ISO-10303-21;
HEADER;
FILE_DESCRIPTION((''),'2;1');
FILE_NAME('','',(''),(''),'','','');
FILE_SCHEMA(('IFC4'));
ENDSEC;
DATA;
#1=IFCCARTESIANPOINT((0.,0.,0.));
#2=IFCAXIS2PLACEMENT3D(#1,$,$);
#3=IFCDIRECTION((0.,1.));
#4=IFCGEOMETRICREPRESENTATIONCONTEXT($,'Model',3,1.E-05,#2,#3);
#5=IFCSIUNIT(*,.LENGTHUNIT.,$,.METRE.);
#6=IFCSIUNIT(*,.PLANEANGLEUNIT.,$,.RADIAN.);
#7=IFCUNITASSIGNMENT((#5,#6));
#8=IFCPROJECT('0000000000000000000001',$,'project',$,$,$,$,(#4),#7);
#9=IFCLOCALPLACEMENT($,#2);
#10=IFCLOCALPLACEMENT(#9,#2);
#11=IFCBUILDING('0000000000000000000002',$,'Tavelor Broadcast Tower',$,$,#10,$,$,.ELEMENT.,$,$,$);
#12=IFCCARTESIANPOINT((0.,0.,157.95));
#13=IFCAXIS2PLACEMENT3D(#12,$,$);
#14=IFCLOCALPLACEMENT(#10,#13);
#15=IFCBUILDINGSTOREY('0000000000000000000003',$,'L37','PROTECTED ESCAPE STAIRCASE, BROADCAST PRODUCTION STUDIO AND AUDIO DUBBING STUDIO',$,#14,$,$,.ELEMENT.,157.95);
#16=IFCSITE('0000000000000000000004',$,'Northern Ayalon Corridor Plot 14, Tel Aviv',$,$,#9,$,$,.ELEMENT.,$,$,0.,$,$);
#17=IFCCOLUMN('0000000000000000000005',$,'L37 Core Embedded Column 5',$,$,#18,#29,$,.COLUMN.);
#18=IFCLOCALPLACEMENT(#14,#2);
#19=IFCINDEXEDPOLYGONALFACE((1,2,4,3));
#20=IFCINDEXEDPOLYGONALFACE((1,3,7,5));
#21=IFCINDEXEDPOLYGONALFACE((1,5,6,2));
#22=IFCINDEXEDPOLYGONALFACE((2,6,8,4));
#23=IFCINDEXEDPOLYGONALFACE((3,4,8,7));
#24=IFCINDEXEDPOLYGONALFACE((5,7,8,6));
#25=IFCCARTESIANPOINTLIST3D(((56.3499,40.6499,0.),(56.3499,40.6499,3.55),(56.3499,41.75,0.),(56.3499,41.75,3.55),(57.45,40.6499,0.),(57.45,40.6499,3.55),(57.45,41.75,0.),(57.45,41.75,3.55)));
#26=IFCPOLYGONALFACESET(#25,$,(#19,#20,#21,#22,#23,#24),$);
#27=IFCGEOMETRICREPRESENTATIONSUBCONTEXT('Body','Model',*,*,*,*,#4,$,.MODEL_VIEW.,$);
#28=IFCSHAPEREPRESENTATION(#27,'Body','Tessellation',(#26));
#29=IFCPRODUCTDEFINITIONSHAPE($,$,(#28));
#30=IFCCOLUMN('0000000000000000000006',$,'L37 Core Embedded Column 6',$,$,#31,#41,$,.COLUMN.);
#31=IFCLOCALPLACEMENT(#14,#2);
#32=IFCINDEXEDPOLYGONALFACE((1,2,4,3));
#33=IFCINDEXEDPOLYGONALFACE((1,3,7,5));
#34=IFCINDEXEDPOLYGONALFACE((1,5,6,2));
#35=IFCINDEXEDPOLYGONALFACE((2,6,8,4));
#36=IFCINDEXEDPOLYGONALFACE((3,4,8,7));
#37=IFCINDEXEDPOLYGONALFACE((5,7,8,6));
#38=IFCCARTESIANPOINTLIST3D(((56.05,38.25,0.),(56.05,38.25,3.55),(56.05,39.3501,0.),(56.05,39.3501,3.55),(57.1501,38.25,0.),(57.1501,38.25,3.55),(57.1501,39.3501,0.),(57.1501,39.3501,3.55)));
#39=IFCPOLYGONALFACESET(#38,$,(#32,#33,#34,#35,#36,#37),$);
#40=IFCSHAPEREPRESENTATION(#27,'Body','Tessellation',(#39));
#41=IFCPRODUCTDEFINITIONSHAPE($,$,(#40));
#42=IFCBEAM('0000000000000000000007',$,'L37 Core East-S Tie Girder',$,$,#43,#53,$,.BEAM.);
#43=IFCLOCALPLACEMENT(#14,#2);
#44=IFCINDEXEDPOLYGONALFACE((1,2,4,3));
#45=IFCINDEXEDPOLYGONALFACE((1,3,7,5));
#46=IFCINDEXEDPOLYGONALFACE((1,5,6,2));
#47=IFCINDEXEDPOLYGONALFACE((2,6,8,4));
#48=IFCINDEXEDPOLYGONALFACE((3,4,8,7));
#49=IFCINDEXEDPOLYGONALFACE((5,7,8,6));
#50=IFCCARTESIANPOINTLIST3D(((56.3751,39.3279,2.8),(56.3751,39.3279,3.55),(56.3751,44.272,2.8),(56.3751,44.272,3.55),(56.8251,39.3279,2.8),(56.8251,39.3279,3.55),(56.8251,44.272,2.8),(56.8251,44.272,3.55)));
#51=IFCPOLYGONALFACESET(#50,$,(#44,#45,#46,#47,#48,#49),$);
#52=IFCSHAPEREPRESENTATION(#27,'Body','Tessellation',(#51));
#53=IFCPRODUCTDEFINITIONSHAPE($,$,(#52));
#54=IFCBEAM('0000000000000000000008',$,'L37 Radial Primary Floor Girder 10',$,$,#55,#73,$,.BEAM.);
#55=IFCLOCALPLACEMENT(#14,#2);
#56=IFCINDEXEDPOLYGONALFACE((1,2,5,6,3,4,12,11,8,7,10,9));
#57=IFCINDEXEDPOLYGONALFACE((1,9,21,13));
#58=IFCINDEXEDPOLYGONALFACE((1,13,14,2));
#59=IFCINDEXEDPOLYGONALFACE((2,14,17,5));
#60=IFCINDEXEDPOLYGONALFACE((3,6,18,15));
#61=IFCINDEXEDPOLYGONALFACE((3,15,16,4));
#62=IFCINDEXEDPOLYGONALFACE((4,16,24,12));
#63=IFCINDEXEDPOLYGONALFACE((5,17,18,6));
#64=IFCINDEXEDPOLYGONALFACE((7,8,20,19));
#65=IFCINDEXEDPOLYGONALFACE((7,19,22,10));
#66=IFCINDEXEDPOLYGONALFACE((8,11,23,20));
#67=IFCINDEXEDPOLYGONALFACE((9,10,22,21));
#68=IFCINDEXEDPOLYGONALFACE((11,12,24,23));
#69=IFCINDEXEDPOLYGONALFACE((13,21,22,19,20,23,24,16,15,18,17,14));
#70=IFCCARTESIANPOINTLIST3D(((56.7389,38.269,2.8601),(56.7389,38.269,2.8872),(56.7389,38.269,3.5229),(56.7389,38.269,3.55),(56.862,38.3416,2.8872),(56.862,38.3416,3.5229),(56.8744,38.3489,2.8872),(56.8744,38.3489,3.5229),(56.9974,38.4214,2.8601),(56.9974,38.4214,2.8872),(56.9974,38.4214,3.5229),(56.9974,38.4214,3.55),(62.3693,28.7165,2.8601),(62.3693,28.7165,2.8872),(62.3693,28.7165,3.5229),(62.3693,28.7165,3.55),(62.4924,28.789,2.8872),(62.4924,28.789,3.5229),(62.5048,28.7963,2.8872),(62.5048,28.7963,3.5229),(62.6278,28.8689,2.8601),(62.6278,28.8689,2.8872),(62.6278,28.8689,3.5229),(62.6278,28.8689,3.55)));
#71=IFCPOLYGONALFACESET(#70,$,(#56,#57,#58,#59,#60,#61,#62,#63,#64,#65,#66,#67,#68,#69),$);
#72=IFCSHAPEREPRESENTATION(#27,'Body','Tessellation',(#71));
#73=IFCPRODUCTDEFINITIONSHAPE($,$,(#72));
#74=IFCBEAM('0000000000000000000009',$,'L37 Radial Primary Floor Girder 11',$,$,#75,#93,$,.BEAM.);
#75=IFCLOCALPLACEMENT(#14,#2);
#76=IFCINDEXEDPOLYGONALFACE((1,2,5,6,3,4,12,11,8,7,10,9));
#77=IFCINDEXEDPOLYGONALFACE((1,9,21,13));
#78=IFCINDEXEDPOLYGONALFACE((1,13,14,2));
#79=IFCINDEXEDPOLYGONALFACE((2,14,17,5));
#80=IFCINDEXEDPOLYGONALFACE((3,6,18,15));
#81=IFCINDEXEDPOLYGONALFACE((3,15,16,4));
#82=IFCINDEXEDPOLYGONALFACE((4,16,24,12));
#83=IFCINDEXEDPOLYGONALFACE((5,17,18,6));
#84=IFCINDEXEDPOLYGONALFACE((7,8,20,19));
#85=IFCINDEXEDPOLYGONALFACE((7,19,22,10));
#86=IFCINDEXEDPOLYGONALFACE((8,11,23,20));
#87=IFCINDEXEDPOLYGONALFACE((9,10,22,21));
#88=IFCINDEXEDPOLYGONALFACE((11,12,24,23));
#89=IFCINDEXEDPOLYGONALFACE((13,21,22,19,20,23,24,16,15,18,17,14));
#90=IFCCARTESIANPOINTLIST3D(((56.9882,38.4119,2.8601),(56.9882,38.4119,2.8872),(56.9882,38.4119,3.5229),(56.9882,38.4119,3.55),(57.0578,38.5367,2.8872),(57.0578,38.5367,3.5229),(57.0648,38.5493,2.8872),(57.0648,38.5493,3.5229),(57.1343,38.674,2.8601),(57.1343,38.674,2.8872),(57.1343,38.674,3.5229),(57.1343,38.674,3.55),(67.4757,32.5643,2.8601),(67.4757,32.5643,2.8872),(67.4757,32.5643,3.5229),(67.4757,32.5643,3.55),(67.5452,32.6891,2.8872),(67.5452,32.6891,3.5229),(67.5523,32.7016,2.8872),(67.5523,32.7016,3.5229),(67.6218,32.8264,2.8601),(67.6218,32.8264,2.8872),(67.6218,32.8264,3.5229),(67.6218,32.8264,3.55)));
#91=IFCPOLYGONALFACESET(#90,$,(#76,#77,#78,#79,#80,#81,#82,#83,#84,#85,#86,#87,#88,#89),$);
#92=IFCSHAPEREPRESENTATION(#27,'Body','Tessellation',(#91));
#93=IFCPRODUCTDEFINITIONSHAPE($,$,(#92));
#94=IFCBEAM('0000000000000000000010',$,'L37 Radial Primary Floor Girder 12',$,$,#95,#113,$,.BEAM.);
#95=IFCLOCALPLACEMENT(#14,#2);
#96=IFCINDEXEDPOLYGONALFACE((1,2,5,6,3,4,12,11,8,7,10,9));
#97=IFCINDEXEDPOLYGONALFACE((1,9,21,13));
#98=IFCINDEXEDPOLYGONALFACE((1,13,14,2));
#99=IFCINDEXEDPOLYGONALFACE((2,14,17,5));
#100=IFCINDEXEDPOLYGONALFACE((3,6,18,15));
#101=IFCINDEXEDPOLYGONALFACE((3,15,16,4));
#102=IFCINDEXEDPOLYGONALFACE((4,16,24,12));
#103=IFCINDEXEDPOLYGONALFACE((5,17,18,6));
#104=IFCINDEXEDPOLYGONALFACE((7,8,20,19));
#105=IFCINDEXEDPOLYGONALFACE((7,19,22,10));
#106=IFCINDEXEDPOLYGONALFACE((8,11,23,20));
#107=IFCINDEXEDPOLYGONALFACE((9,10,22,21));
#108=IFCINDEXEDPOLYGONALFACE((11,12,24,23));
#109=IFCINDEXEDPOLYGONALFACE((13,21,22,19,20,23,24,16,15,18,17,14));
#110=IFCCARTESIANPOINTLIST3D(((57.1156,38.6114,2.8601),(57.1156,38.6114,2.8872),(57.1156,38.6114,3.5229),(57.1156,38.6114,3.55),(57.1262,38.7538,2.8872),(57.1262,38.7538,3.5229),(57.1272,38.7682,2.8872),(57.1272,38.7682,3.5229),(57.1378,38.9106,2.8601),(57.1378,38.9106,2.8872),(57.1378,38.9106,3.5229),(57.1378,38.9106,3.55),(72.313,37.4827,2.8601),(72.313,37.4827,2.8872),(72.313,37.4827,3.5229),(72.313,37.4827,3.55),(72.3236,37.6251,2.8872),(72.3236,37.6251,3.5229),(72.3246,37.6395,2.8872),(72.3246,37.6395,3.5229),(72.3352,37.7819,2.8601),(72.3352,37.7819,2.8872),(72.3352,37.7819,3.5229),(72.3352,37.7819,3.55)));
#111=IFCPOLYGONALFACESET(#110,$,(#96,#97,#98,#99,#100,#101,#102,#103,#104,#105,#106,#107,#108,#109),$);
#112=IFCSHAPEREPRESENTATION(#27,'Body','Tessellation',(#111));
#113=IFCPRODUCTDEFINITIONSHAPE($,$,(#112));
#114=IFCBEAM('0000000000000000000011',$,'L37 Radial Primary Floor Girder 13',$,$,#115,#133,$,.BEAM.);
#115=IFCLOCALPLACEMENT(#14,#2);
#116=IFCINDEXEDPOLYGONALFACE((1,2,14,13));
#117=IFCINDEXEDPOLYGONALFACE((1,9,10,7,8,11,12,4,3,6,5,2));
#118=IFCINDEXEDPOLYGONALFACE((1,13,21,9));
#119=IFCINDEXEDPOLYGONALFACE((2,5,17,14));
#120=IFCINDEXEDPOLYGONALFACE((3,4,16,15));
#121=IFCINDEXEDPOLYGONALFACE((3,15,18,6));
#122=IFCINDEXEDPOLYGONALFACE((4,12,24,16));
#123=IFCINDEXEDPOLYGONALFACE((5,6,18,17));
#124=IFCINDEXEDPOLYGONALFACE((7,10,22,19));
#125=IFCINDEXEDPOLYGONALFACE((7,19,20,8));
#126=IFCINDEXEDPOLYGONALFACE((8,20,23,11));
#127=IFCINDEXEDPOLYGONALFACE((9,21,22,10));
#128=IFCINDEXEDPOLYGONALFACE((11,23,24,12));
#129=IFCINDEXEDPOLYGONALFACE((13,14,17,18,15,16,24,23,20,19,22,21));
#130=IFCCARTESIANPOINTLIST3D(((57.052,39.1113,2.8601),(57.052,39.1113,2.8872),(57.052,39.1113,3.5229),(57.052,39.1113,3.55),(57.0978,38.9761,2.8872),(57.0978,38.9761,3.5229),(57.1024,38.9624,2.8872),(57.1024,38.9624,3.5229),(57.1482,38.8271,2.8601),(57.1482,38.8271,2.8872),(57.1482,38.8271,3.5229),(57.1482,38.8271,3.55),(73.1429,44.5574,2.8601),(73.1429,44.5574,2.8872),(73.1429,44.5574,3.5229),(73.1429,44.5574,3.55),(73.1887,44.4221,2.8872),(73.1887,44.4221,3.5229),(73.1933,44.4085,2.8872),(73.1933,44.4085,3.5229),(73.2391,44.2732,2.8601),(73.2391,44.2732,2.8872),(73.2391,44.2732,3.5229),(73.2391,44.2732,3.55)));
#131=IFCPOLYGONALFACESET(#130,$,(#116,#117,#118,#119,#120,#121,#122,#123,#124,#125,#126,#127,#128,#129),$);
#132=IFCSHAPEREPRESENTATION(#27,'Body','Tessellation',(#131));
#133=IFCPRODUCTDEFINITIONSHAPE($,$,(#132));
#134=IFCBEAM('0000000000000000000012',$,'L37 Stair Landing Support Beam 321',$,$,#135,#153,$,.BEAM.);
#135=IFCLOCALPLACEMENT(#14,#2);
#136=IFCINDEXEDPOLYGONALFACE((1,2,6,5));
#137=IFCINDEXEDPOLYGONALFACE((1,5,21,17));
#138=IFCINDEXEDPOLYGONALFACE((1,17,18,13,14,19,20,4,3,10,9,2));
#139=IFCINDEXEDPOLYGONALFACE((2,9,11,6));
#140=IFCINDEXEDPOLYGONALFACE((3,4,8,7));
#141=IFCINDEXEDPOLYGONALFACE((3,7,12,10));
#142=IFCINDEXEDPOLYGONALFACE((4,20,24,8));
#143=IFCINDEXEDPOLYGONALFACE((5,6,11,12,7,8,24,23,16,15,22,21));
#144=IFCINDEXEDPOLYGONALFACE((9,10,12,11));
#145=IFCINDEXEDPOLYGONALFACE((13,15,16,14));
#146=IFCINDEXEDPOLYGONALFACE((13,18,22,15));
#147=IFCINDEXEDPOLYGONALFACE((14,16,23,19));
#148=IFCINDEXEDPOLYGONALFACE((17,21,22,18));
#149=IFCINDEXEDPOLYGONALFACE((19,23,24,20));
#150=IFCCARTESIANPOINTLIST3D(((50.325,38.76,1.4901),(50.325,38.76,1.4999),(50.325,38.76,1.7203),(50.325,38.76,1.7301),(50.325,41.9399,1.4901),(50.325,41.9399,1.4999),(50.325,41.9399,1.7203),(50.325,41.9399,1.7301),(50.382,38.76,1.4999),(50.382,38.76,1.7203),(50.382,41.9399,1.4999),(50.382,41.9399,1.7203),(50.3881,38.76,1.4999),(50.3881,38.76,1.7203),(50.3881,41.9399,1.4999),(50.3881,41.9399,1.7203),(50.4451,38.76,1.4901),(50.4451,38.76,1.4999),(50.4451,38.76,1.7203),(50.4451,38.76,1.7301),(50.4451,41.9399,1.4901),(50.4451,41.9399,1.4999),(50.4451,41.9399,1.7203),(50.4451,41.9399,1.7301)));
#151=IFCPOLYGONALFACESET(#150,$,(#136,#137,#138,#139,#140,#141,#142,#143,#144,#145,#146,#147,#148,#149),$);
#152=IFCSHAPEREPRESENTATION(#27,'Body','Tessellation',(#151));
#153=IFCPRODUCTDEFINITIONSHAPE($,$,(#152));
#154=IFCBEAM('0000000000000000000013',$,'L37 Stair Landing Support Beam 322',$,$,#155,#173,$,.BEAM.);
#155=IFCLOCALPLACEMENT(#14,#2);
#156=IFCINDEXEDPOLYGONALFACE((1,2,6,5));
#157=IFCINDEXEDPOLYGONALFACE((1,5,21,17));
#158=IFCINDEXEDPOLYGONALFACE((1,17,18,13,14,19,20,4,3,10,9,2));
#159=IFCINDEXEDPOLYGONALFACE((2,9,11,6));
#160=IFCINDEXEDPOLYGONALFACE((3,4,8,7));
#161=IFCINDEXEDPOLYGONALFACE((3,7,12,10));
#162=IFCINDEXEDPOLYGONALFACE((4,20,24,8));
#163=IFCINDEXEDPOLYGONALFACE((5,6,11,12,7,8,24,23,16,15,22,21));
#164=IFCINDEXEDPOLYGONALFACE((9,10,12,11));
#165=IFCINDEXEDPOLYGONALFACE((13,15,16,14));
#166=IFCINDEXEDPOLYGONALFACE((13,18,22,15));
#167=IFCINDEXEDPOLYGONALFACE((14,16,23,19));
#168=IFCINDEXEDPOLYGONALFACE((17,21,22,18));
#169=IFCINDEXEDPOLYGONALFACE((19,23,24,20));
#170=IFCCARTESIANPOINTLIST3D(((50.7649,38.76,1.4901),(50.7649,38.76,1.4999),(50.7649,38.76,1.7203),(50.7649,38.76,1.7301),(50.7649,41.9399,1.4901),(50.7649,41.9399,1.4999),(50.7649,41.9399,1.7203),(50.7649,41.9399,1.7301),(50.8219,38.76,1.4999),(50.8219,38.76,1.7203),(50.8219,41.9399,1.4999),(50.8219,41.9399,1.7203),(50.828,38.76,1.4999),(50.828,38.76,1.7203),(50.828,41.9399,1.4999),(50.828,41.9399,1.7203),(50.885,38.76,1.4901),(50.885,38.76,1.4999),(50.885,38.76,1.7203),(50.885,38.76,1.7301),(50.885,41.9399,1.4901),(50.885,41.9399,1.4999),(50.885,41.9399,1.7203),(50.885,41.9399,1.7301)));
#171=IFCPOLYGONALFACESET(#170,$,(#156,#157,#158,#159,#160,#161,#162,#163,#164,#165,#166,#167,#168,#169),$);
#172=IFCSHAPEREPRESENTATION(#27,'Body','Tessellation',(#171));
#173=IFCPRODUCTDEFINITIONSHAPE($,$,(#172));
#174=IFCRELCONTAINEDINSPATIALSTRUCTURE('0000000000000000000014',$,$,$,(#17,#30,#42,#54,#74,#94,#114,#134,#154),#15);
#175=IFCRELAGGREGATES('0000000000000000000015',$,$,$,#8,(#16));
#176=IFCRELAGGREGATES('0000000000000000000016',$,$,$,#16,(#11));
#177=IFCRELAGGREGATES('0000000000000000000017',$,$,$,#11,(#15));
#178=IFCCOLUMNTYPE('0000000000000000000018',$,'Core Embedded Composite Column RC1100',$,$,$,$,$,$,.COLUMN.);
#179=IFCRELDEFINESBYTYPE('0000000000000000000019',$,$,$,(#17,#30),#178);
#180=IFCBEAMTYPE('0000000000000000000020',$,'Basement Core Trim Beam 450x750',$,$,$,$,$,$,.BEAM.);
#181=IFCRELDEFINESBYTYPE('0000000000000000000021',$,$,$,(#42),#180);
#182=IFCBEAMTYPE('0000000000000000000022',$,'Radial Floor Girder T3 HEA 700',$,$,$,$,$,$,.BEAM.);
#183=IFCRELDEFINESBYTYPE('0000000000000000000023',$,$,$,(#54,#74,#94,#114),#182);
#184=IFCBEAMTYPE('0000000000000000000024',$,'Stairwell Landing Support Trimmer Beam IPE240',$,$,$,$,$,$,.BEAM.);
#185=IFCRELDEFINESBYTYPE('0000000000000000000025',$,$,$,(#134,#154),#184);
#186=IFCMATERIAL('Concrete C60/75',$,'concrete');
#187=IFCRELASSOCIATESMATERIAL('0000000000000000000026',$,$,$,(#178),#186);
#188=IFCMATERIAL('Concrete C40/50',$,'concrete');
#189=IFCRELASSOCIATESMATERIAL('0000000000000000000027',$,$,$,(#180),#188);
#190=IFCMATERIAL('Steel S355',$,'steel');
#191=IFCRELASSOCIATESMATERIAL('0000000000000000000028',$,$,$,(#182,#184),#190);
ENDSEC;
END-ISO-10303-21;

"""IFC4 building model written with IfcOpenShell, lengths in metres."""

from ifc_helpers import new_model, si_unit, direction, frame, origin, origin_2d, place, context, subcontext, project, spatial, rectangle, i_section, extrude, material, material_profile, profile_set, type_object, element, save


model = new_model("IFC4")

# Units and contexts
model_context = context("Model", 3, precision=1e-05, world=origin(), true_north=direction((0.0, 1.0)))
body_context = subcontext(model_context, "Body", "Model", "MODEL_VIEW")
ifc_project = project(units=[si_unit("LENGTHUNIT", "METRE"), si_unit("PLANEANGLEUNIT", "RADIAN")], contexts=[model_context])

# Site, building, storey
site_placement = place(None, origin())
site = spatial("IfcSite", under=ifc_project, at=site_placement, Name="Northern Ayalon Corridor Plot 14, Tel Aviv", CompositionType="ELEMENT", RefElevation=0.0)
building_placement = place(site_placement, origin())
building = spatial("IfcBuilding", under=site, at=building_placement, Name="Tavelor Broadcast Tower", CompositionType="ELEMENT")
storey_placement = place(building_placement, frame((0.0, 0.0, 157.95)))
storey = spatial("IfcBuildingStorey", under=building, at=storey_placement, Name="L37", Description="PROTECTED ESCAPE STAIRCASE, BROADCAST PRODUCTION STUDIO AND AUDIO DUBBING STUDIO", CompositionType="ELEMENT", Elevation=157.95)

# Columns
ifc_material_1 = material(Name="Concrete C60/75", Category="concrete")
ifc_material_profile_1 = material_profile(ifc_material_1, rectangle(XDim=1.1001, YDim=1.1001, at=origin_2d()), Name="RC 1100x1100")
ifc_profile_set_1 = profile_set([ifc_material_profile_1], Name="Concrete C60/75")
column_type = type_object("IfcColumnType", Name="Core Embedded Composite Column RC1100", PredefinedType="COLUMN", material=ifc_profile_set_1)
for number, where, z_axis, x_axis, name in (
    (1, (56.8999, 41.2, 0.0), (0.0, 0.0, 1.0), (1.0, 0.0, 0.0), "L37 Core Embedded Column 5"),
    (2, (56.6001, 38.8, 0.0), (0.0, 0.0, 1.0), (1.0, 0.0, 0.0), "L37 Core Embedded Column 6"),
):
    element("IfcColumn", number, at=place(storey_placement, frame(where, z_axis=z_axis, x_axis=x_axis)), inside=storey, type_object=column_type, Name=name, PredefinedType="COLUMN", context=body_context, shape_type="SweptSolid", body=[
        extrude(rectangle(XDim=1.1001, YDim=1.1001, at=origin_2d()), origin(), (0.0, 0.0, 1.0), 3.55),
    ])

# Beams
ifc_material_2 = material(Name="Concrete C40/50", Category="concrete")
ifc_material_profile_2 = material_profile(ifc_material_2, rectangle(XDim=0.45, YDim=0.75, at=origin_2d()), Name="RC 450x750")
ifc_profile_set_2 = profile_set([ifc_material_profile_2], Name="Concrete C40/50")
beam_type_1 = type_object("IfcBeamType", Name="Basement Core Trim Beam 450x750", PredefinedType="BEAM", material=ifc_profile_set_2)
beam_1_placement = place(storey_placement, frame((56.6001, 39.3279, 3.175), z_axis=(0.0, 1.0, 0.0), x_axis=(-1.0, 0.0, 0.0)))
element("IfcBeam", 3, at=beam_1_placement, inside=storey, type_object=beam_type_1, Name="L37 Core East-S Tie Girder", PredefinedType="BEAM", context=body_context, shape_type="SweptSolid", body=[
    extrude(rectangle(XDim=0.45, YDim=0.75, at=origin_2d()), origin(), (0.0, 0.0, 1.0), 4.9441),
])
ifc_material_3 = material(Name="Steel S355", Category="steel")
ifc_material_profile_3 = material_profile(ifc_material_3, i_section(OverallWidth=0.3, OverallDepth=0.6899, WebThickness=0.0144, FlangeThickness=0.0271, at=origin_2d()), Name="HEA 700")
ifc_profile_set_3 = profile_set([ifc_material_profile_3], Name="Steel S355")
beam_type_2 = type_object("IfcBeamType", Name="Radial Floor Girder T3 HEA 700", PredefinedType="BEAM", material=ifc_profile_set_3)
beam_2_placement = place(storey_placement, frame((56.8682, 38.3452, 3.2051), z_axis=(0.507774, -0.86149, 0.0), x_axis=(0.86149, 0.507774, 0.0)))
element("IfcBeam", 4, at=beam_2_placement, inside=storey, type_object=beam_type_2, Name="L37 Radial Primary Floor Girder 10", PredefinedType="BEAM", context=body_context, shape_type="SweptSolid", body=[
    extrude(i_section(OverallWidth=0.3, OverallDepth=0.6899, WebThickness=0.0144, FlangeThickness=0.0271, at=origin_2d()), origin(), (0.0, 0.0, 1.0), 11.0884),
])
beam_3_placement = place(storey_placement, frame((57.0613, 38.543, 3.2051), z_axis=(0.873405, -0.486994, 0.0), x_axis=(0.486994, 0.873405, 0.0)))
element("IfcBeam", 5, at=beam_3_placement, inside=storey, type_object=beam_type_2, Name="L37 Radial Primary Floor Girder 11", PredefinedType="BEAM", context=body_context, shape_type="SweptSolid", body=[
    extrude(i_section(OverallWidth=0.3, OverallDepth=0.6899, WebThickness=0.0144, FlangeThickness=0.0271, at=origin_2d()), origin(), (0.0, 0.0, 1.0), 12.0076),
])
beam_4_placement = place(storey_placement, frame((57.1267, 38.761, 3.2051), z_axis=(0.997254, -0.074062, 0.0), x_axis=(0.074062, 0.997254, 0.0)))
element("IfcBeam", 6, at=beam_4_placement, inside=storey, type_object=beam_type_2, Name="L37 Radial Primary Floor Girder 12", PredefinedType="BEAM", context=body_context, shape_type="SweptSolid", body=[
    extrude(i_section(OverallWidth=0.3, OverallDepth=0.6899, WebThickness=0.0144, FlangeThickness=0.0271, at=origin_2d()), origin(), (0.0, 0.0, 1.0), 15.2393),
])
beam_5_placement = place(storey_placement, frame((57.1001, 38.9692, 3.2051), z_axis=(0.947217, 0.320592, 0.0), x_axis=(-0.320592, 0.947217, 0.0)))
element("IfcBeam", 7, at=beam_5_placement, inside=storey, type_object=beam_type_2, Name="L37 Radial Primary Floor Girder 13", PredefinedType="BEAM", context=body_context, shape_type="SweptSolid", body=[
    extrude(i_section(OverallWidth=0.3, OverallDepth=0.6899, WebThickness=0.0144, FlangeThickness=0.0271, at=origin_2d()), origin(), (0.0, 0.0, 1.0), 16.9875),
])
ifc_material_profile_4 = material_profile(ifc_material_3, i_section(OverallWidth=0.1201, OverallDepth=0.24, WebThickness=0.0061, FlangeThickness=0.0098, at=origin_2d()), Name="IPE 240")
ifc_profile_set_4 = profile_set([ifc_material_profile_4], Name="Steel S355")
beam_type_3 = type_object("IfcBeamType", Name="Stairwell Landing Support Trimmer Beam IPE240", PredefinedType="BEAM", material=ifc_profile_set_4)
for number, where, z_axis, x_axis, name in (
    (8, (50.385, 38.76, 1.6101), (0.0, 1.0, 0.0), (-1.0, 0.0, 0.0), "L37 Stair Landing Support Beam 321"),
    (9, (50.825, 38.76, 1.6101), (0.0, 1.0, 0.0), (-1.0, 0.0, 0.0), "L37 Stair Landing Support Beam 322"),
):
    element("IfcBeam", number, at=place(storey_placement, frame(where, z_axis=z_axis, x_axis=x_axis)), inside=storey, type_object=beam_type_3, Name=name, PredefinedType="BEAM", context=body_context, shape_type="SweptSolid", body=[
        extrude(i_section(OverallWidth=0.1201, OverallDepth=0.24, WebThickness=0.0061, FlangeThickness=0.0098, at=origin_2d()), origin(), (0.0, 0.0, 1.0), 3.1799),
    ])

save(model, "model.ifc")
